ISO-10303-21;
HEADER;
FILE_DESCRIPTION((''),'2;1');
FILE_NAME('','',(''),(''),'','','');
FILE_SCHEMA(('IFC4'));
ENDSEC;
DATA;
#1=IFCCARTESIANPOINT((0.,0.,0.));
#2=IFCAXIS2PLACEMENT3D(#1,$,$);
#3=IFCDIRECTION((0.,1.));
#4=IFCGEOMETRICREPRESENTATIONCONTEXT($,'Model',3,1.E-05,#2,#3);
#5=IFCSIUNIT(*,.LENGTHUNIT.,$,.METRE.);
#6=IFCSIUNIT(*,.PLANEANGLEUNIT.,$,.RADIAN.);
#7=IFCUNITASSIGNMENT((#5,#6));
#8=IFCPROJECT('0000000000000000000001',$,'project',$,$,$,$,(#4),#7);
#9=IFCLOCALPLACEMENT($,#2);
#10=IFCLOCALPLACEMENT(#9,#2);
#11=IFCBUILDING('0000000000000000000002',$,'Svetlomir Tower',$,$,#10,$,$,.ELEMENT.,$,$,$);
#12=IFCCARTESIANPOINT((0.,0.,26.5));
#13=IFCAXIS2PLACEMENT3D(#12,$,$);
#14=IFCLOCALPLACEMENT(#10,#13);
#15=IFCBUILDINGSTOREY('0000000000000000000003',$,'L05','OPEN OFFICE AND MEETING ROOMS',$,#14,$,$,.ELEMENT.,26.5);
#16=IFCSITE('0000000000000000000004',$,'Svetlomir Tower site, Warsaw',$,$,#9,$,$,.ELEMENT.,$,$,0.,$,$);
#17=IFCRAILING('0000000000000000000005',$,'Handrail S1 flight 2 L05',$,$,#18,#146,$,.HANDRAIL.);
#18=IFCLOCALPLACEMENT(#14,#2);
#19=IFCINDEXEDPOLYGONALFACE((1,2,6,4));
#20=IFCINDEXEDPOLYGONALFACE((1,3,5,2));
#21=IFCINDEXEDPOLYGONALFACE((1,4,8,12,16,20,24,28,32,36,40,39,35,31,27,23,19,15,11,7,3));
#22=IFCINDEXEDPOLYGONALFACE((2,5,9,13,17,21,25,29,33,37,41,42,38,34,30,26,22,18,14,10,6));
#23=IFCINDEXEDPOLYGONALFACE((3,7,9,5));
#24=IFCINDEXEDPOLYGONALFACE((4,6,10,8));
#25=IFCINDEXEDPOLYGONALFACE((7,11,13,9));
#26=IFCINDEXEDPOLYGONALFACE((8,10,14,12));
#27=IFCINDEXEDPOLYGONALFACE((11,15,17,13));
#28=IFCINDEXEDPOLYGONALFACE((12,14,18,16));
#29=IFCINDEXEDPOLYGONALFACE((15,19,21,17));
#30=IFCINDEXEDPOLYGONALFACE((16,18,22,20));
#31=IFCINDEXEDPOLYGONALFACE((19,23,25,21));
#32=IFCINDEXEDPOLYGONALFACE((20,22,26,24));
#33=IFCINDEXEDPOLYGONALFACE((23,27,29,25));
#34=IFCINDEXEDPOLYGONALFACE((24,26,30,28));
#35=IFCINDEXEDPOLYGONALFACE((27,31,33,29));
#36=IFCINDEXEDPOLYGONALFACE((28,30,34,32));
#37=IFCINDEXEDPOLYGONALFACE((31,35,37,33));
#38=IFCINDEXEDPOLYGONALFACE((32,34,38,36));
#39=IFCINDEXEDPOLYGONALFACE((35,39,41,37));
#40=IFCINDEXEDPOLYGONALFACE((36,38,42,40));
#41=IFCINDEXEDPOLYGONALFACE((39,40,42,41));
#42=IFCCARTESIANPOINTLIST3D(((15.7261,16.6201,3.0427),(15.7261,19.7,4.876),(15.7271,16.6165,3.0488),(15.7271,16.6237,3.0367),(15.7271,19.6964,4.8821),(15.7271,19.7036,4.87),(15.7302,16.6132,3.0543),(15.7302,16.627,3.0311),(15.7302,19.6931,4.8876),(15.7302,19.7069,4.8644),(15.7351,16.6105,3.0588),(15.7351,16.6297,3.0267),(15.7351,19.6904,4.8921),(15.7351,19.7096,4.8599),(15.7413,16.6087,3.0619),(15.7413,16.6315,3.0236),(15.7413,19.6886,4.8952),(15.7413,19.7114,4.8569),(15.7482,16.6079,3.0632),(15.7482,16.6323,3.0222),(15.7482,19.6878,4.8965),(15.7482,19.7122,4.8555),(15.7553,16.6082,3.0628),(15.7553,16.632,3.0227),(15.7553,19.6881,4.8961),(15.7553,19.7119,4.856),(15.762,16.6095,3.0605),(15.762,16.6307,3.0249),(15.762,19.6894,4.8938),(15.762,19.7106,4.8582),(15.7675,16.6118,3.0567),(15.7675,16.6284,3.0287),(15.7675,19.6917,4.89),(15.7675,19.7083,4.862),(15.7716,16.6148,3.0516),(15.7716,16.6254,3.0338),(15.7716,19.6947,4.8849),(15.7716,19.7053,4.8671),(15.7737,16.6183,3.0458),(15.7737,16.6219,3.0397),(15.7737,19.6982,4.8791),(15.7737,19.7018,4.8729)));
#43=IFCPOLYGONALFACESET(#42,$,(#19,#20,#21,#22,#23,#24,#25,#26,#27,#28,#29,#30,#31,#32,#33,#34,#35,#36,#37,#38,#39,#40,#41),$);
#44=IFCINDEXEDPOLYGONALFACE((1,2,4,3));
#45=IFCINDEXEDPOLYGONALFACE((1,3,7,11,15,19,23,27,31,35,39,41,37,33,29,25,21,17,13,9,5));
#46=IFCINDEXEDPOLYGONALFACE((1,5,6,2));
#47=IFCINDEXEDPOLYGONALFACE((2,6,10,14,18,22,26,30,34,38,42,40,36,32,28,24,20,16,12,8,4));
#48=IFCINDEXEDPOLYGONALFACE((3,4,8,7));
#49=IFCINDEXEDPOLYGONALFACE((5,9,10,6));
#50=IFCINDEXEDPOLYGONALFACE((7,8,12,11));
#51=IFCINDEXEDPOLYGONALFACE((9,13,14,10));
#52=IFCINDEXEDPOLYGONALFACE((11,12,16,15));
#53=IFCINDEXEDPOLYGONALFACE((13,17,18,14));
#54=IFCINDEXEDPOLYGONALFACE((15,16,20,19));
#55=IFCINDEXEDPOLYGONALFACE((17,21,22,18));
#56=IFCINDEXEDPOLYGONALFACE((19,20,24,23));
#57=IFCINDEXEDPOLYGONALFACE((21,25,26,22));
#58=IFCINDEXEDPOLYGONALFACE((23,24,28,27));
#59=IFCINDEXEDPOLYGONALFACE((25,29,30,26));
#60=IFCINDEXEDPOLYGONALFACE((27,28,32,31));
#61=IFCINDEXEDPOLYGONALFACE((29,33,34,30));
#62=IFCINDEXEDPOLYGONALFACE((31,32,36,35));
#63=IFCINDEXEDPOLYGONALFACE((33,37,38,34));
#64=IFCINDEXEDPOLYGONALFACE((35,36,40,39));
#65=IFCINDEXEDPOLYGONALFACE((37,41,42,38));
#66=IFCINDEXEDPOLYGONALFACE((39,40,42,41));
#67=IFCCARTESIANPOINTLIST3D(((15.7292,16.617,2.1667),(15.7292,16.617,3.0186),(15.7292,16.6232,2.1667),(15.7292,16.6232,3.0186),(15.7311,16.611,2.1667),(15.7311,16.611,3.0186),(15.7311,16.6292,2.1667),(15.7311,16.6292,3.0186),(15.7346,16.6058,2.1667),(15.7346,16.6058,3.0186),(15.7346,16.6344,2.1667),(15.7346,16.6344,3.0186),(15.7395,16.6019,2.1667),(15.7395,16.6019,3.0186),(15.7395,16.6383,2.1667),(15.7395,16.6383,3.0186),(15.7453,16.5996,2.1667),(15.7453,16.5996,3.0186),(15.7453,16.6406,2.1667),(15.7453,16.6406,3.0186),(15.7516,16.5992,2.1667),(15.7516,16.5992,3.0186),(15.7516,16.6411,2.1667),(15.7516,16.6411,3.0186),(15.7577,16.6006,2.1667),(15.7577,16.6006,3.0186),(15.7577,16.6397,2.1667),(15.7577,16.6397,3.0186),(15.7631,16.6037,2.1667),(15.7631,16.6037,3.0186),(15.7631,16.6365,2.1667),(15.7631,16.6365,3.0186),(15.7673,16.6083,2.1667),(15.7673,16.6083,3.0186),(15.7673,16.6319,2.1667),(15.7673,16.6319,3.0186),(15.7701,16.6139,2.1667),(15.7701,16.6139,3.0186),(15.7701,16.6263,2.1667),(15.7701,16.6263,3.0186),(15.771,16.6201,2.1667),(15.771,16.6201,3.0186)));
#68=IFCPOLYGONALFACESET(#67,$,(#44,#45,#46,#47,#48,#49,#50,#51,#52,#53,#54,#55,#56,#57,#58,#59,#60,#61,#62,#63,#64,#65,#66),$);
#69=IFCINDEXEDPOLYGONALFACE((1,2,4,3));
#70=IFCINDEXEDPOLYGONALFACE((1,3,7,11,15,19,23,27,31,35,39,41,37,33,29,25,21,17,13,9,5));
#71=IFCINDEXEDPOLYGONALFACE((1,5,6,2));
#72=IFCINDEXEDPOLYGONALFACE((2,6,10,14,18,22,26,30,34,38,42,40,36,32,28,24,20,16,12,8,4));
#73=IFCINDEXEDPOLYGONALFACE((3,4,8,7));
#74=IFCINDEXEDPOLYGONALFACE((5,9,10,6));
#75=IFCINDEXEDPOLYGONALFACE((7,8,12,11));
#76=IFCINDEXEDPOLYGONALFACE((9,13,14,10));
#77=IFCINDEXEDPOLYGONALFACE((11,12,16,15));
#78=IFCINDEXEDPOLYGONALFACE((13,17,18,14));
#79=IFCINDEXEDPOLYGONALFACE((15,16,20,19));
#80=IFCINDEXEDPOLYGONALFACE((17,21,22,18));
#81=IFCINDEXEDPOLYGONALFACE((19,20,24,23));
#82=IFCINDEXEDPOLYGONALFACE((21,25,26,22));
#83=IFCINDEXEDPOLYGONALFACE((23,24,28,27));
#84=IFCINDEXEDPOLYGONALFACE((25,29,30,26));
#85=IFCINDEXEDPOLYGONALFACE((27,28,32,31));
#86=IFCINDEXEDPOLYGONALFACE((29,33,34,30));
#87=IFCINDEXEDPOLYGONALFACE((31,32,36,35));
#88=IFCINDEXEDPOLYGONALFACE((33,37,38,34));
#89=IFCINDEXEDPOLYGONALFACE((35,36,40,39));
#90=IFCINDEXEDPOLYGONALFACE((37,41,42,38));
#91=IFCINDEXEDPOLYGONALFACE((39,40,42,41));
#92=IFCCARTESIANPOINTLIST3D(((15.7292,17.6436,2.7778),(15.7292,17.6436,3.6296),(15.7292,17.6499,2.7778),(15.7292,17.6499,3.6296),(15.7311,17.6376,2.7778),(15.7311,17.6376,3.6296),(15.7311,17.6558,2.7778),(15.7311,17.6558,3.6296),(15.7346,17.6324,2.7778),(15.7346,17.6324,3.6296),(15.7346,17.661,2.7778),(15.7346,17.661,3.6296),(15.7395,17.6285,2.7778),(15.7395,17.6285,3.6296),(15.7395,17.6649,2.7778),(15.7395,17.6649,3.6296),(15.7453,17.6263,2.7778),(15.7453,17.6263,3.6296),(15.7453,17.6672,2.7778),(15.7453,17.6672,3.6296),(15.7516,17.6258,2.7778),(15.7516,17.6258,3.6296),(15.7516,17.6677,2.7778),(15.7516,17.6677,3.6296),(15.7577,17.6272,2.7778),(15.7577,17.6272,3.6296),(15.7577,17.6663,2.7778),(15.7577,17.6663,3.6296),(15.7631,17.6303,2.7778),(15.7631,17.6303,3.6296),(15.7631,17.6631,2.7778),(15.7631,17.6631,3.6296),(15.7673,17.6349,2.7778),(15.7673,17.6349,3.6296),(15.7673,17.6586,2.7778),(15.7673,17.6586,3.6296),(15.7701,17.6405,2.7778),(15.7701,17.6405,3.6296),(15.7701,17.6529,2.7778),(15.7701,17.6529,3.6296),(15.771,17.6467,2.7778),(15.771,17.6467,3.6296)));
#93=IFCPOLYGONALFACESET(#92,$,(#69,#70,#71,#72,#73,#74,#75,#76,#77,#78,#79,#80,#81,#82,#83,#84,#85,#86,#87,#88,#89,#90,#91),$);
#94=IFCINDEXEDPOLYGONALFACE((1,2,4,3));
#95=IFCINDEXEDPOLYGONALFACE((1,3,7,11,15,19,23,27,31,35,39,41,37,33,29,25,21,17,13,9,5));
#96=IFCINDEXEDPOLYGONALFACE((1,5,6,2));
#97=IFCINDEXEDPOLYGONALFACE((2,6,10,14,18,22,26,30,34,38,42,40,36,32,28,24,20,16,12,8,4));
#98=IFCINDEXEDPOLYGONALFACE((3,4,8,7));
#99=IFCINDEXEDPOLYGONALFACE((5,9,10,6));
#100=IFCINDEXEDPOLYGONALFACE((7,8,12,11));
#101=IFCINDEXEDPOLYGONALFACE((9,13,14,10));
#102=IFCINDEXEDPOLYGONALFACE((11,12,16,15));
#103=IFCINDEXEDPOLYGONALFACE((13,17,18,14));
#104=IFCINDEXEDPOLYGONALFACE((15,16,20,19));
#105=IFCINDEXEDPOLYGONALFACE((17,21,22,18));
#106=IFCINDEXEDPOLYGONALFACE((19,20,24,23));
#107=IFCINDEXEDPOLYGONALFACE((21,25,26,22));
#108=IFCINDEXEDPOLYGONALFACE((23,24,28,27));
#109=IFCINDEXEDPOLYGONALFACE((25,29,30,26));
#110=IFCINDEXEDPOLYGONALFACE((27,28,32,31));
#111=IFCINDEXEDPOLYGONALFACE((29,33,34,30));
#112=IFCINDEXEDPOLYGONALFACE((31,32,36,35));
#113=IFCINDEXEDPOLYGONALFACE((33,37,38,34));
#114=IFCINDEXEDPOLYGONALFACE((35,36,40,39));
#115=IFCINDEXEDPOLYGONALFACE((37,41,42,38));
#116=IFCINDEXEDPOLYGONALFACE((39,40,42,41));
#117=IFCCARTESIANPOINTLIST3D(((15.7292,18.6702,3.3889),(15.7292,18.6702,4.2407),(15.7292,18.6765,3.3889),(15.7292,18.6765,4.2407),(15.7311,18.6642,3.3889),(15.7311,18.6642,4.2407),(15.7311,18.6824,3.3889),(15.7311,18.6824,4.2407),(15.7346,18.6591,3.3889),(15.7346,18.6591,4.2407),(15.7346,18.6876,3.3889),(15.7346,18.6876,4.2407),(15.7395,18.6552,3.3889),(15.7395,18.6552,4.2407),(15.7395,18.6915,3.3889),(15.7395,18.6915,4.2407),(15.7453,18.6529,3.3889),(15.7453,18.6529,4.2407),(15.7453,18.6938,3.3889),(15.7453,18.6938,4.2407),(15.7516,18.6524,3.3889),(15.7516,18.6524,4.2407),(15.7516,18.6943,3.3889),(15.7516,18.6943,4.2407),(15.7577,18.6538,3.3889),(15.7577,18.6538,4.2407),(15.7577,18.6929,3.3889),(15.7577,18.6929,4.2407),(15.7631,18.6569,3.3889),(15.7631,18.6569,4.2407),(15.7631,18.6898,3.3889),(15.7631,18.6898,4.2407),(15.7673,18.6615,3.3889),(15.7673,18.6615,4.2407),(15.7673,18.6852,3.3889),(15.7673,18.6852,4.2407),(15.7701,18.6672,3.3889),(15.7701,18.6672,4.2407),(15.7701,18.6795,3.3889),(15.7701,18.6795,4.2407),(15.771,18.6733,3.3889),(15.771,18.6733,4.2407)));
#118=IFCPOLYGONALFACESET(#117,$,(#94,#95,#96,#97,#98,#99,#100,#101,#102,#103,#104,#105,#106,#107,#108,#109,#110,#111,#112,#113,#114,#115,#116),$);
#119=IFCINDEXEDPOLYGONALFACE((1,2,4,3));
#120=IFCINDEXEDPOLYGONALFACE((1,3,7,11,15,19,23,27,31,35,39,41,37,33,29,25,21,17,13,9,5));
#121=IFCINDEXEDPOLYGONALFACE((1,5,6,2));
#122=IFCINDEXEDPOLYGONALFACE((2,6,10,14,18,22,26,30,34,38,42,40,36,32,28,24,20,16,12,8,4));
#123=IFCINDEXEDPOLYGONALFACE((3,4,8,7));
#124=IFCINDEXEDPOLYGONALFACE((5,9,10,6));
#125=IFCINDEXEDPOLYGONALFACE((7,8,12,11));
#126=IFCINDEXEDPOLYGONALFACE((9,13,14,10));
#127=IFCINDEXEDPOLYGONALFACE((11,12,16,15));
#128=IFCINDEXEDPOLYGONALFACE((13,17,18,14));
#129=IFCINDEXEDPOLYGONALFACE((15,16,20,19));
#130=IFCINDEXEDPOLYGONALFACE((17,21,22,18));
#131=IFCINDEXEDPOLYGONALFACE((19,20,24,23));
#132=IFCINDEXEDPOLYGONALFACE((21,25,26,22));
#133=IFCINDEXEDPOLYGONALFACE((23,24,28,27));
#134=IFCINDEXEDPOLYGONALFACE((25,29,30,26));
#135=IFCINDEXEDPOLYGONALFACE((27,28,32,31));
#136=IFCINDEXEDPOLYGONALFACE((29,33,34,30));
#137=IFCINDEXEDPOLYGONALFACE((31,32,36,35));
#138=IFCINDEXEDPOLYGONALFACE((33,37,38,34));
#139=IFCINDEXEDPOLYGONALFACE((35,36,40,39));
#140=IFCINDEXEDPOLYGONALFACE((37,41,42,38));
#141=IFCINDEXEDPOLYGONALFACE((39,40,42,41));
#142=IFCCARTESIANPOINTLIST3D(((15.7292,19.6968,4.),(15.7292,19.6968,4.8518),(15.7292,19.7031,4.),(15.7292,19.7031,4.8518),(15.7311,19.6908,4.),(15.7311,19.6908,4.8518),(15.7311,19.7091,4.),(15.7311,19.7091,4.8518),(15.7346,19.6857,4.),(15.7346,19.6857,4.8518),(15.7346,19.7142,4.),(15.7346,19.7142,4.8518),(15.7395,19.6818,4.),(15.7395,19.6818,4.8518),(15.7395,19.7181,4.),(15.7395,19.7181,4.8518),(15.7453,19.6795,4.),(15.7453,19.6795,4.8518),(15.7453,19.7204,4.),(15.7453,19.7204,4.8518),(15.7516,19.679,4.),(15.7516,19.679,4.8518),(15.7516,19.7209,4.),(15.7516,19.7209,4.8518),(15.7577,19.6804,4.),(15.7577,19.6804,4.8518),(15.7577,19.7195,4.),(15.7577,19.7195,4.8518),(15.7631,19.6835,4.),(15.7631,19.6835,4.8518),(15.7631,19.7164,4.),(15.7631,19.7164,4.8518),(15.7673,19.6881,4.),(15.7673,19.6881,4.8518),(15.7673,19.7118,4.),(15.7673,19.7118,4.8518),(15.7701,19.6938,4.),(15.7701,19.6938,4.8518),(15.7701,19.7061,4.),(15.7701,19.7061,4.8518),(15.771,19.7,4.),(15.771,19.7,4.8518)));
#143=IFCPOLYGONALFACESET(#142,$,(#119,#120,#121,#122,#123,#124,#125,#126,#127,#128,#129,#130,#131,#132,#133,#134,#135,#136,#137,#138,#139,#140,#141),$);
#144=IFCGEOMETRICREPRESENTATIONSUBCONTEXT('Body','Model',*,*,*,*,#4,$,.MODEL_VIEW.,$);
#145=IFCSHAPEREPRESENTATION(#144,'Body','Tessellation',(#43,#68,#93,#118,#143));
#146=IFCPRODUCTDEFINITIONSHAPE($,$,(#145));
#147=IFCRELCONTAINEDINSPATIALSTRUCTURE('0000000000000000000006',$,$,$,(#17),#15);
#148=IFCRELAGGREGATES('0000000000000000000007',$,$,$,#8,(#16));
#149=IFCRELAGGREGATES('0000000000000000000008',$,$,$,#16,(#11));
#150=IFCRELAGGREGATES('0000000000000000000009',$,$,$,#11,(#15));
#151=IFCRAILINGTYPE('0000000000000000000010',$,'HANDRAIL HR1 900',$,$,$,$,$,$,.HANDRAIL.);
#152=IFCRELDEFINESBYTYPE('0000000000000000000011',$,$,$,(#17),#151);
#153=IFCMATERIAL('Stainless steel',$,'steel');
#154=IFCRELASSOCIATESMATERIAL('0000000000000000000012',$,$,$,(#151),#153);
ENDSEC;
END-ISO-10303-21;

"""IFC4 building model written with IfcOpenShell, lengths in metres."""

from ifc_helpers import new_model, si_unit, direction, frame, origin, origin_2d, place, context, subcontext, project, spatial, circle, extrude, material, type_object, element, save


model = new_model("IFC4")

# Units and contexts
model_context = context("Model", 3, precision=1e-05, world=origin(), true_north=direction((0.0, 1.0)))
body_context = subcontext(model_context, "Body", "Model", "MODEL_VIEW")
ifc_project = project(units=[si_unit("LENGTHUNIT", "METRE"), si_unit("PLANEANGLEUNIT", "RADIAN")], contexts=[model_context])

# Site, building, storey
site_placement = place(None, origin())
site = spatial("IfcSite", under=ifc_project, at=site_placement, Name="Svetlomir Tower site, Warsaw", CompositionType="ELEMENT", RefElevation=0.0)
building_placement = place(site_placement, origin())
building = spatial("IfcBuilding", under=site, at=building_placement, Name="Svetlomir Tower", CompositionType="ELEMENT")
storey_placement = place(building_placement, frame((0.0, 0.0, 26.5)))
storey = spatial("IfcBuildingStorey", under=building, at=storey_placement, Name="L05", Description="OPEN OFFICE AND MEETING ROOMS", CompositionType="ELEMENT", Elevation=26.5)

# Railing
ifc_material_1 = material(Name="Stainless steel", Category="steel")
railing_type = type_object("IfcRailingType", Name="HANDRAIL HR1 900", PredefinedType="HANDRAIL", material=ifc_material_1)
railing_placement = place(storey_placement, frame((15.75, 16.6201, 2.1667)))
element("IfcRailing", 1, at=railing_placement, inside=storey, type_object=railing_type, Name="Handrail S1 flight 2 L05", PredefinedType="HANDRAIL", context=body_context, shape_type="SweptSolid", body=[
    extrude(circle(Radius=0.0239, at=origin_2d()), frame((0.0, 0.0, 0.876), z_axis=(0.0, 0.859291, 0.511487), x_axis=(-1.0, 0.0, 0.0)), (0.0, 0.0, 1.0), 3.5842),
    extrude(circle(Radius=0.021, at=origin_2d()), origin(), (0.0, 0.0, 1.0), 0.8518),
    extrude(circle(Radius=0.021, at=origin_2d()), frame((0.0, 1.0266, 0.6111)), (0.0, 0.0, 1.0), 0.8518),
    extrude(circle(Radius=0.021, at=origin_2d()), frame((0.0, 2.0532, 1.2222)), (0.0, 0.0, 1.0), 0.8518),
    extrude(circle(Radius=0.021, at=origin_2d()), frame((0.0, 3.0798, 1.8333)), (0.0, 0.0, 1.0), 0.8518),
])

save(model, "model.ifc")
